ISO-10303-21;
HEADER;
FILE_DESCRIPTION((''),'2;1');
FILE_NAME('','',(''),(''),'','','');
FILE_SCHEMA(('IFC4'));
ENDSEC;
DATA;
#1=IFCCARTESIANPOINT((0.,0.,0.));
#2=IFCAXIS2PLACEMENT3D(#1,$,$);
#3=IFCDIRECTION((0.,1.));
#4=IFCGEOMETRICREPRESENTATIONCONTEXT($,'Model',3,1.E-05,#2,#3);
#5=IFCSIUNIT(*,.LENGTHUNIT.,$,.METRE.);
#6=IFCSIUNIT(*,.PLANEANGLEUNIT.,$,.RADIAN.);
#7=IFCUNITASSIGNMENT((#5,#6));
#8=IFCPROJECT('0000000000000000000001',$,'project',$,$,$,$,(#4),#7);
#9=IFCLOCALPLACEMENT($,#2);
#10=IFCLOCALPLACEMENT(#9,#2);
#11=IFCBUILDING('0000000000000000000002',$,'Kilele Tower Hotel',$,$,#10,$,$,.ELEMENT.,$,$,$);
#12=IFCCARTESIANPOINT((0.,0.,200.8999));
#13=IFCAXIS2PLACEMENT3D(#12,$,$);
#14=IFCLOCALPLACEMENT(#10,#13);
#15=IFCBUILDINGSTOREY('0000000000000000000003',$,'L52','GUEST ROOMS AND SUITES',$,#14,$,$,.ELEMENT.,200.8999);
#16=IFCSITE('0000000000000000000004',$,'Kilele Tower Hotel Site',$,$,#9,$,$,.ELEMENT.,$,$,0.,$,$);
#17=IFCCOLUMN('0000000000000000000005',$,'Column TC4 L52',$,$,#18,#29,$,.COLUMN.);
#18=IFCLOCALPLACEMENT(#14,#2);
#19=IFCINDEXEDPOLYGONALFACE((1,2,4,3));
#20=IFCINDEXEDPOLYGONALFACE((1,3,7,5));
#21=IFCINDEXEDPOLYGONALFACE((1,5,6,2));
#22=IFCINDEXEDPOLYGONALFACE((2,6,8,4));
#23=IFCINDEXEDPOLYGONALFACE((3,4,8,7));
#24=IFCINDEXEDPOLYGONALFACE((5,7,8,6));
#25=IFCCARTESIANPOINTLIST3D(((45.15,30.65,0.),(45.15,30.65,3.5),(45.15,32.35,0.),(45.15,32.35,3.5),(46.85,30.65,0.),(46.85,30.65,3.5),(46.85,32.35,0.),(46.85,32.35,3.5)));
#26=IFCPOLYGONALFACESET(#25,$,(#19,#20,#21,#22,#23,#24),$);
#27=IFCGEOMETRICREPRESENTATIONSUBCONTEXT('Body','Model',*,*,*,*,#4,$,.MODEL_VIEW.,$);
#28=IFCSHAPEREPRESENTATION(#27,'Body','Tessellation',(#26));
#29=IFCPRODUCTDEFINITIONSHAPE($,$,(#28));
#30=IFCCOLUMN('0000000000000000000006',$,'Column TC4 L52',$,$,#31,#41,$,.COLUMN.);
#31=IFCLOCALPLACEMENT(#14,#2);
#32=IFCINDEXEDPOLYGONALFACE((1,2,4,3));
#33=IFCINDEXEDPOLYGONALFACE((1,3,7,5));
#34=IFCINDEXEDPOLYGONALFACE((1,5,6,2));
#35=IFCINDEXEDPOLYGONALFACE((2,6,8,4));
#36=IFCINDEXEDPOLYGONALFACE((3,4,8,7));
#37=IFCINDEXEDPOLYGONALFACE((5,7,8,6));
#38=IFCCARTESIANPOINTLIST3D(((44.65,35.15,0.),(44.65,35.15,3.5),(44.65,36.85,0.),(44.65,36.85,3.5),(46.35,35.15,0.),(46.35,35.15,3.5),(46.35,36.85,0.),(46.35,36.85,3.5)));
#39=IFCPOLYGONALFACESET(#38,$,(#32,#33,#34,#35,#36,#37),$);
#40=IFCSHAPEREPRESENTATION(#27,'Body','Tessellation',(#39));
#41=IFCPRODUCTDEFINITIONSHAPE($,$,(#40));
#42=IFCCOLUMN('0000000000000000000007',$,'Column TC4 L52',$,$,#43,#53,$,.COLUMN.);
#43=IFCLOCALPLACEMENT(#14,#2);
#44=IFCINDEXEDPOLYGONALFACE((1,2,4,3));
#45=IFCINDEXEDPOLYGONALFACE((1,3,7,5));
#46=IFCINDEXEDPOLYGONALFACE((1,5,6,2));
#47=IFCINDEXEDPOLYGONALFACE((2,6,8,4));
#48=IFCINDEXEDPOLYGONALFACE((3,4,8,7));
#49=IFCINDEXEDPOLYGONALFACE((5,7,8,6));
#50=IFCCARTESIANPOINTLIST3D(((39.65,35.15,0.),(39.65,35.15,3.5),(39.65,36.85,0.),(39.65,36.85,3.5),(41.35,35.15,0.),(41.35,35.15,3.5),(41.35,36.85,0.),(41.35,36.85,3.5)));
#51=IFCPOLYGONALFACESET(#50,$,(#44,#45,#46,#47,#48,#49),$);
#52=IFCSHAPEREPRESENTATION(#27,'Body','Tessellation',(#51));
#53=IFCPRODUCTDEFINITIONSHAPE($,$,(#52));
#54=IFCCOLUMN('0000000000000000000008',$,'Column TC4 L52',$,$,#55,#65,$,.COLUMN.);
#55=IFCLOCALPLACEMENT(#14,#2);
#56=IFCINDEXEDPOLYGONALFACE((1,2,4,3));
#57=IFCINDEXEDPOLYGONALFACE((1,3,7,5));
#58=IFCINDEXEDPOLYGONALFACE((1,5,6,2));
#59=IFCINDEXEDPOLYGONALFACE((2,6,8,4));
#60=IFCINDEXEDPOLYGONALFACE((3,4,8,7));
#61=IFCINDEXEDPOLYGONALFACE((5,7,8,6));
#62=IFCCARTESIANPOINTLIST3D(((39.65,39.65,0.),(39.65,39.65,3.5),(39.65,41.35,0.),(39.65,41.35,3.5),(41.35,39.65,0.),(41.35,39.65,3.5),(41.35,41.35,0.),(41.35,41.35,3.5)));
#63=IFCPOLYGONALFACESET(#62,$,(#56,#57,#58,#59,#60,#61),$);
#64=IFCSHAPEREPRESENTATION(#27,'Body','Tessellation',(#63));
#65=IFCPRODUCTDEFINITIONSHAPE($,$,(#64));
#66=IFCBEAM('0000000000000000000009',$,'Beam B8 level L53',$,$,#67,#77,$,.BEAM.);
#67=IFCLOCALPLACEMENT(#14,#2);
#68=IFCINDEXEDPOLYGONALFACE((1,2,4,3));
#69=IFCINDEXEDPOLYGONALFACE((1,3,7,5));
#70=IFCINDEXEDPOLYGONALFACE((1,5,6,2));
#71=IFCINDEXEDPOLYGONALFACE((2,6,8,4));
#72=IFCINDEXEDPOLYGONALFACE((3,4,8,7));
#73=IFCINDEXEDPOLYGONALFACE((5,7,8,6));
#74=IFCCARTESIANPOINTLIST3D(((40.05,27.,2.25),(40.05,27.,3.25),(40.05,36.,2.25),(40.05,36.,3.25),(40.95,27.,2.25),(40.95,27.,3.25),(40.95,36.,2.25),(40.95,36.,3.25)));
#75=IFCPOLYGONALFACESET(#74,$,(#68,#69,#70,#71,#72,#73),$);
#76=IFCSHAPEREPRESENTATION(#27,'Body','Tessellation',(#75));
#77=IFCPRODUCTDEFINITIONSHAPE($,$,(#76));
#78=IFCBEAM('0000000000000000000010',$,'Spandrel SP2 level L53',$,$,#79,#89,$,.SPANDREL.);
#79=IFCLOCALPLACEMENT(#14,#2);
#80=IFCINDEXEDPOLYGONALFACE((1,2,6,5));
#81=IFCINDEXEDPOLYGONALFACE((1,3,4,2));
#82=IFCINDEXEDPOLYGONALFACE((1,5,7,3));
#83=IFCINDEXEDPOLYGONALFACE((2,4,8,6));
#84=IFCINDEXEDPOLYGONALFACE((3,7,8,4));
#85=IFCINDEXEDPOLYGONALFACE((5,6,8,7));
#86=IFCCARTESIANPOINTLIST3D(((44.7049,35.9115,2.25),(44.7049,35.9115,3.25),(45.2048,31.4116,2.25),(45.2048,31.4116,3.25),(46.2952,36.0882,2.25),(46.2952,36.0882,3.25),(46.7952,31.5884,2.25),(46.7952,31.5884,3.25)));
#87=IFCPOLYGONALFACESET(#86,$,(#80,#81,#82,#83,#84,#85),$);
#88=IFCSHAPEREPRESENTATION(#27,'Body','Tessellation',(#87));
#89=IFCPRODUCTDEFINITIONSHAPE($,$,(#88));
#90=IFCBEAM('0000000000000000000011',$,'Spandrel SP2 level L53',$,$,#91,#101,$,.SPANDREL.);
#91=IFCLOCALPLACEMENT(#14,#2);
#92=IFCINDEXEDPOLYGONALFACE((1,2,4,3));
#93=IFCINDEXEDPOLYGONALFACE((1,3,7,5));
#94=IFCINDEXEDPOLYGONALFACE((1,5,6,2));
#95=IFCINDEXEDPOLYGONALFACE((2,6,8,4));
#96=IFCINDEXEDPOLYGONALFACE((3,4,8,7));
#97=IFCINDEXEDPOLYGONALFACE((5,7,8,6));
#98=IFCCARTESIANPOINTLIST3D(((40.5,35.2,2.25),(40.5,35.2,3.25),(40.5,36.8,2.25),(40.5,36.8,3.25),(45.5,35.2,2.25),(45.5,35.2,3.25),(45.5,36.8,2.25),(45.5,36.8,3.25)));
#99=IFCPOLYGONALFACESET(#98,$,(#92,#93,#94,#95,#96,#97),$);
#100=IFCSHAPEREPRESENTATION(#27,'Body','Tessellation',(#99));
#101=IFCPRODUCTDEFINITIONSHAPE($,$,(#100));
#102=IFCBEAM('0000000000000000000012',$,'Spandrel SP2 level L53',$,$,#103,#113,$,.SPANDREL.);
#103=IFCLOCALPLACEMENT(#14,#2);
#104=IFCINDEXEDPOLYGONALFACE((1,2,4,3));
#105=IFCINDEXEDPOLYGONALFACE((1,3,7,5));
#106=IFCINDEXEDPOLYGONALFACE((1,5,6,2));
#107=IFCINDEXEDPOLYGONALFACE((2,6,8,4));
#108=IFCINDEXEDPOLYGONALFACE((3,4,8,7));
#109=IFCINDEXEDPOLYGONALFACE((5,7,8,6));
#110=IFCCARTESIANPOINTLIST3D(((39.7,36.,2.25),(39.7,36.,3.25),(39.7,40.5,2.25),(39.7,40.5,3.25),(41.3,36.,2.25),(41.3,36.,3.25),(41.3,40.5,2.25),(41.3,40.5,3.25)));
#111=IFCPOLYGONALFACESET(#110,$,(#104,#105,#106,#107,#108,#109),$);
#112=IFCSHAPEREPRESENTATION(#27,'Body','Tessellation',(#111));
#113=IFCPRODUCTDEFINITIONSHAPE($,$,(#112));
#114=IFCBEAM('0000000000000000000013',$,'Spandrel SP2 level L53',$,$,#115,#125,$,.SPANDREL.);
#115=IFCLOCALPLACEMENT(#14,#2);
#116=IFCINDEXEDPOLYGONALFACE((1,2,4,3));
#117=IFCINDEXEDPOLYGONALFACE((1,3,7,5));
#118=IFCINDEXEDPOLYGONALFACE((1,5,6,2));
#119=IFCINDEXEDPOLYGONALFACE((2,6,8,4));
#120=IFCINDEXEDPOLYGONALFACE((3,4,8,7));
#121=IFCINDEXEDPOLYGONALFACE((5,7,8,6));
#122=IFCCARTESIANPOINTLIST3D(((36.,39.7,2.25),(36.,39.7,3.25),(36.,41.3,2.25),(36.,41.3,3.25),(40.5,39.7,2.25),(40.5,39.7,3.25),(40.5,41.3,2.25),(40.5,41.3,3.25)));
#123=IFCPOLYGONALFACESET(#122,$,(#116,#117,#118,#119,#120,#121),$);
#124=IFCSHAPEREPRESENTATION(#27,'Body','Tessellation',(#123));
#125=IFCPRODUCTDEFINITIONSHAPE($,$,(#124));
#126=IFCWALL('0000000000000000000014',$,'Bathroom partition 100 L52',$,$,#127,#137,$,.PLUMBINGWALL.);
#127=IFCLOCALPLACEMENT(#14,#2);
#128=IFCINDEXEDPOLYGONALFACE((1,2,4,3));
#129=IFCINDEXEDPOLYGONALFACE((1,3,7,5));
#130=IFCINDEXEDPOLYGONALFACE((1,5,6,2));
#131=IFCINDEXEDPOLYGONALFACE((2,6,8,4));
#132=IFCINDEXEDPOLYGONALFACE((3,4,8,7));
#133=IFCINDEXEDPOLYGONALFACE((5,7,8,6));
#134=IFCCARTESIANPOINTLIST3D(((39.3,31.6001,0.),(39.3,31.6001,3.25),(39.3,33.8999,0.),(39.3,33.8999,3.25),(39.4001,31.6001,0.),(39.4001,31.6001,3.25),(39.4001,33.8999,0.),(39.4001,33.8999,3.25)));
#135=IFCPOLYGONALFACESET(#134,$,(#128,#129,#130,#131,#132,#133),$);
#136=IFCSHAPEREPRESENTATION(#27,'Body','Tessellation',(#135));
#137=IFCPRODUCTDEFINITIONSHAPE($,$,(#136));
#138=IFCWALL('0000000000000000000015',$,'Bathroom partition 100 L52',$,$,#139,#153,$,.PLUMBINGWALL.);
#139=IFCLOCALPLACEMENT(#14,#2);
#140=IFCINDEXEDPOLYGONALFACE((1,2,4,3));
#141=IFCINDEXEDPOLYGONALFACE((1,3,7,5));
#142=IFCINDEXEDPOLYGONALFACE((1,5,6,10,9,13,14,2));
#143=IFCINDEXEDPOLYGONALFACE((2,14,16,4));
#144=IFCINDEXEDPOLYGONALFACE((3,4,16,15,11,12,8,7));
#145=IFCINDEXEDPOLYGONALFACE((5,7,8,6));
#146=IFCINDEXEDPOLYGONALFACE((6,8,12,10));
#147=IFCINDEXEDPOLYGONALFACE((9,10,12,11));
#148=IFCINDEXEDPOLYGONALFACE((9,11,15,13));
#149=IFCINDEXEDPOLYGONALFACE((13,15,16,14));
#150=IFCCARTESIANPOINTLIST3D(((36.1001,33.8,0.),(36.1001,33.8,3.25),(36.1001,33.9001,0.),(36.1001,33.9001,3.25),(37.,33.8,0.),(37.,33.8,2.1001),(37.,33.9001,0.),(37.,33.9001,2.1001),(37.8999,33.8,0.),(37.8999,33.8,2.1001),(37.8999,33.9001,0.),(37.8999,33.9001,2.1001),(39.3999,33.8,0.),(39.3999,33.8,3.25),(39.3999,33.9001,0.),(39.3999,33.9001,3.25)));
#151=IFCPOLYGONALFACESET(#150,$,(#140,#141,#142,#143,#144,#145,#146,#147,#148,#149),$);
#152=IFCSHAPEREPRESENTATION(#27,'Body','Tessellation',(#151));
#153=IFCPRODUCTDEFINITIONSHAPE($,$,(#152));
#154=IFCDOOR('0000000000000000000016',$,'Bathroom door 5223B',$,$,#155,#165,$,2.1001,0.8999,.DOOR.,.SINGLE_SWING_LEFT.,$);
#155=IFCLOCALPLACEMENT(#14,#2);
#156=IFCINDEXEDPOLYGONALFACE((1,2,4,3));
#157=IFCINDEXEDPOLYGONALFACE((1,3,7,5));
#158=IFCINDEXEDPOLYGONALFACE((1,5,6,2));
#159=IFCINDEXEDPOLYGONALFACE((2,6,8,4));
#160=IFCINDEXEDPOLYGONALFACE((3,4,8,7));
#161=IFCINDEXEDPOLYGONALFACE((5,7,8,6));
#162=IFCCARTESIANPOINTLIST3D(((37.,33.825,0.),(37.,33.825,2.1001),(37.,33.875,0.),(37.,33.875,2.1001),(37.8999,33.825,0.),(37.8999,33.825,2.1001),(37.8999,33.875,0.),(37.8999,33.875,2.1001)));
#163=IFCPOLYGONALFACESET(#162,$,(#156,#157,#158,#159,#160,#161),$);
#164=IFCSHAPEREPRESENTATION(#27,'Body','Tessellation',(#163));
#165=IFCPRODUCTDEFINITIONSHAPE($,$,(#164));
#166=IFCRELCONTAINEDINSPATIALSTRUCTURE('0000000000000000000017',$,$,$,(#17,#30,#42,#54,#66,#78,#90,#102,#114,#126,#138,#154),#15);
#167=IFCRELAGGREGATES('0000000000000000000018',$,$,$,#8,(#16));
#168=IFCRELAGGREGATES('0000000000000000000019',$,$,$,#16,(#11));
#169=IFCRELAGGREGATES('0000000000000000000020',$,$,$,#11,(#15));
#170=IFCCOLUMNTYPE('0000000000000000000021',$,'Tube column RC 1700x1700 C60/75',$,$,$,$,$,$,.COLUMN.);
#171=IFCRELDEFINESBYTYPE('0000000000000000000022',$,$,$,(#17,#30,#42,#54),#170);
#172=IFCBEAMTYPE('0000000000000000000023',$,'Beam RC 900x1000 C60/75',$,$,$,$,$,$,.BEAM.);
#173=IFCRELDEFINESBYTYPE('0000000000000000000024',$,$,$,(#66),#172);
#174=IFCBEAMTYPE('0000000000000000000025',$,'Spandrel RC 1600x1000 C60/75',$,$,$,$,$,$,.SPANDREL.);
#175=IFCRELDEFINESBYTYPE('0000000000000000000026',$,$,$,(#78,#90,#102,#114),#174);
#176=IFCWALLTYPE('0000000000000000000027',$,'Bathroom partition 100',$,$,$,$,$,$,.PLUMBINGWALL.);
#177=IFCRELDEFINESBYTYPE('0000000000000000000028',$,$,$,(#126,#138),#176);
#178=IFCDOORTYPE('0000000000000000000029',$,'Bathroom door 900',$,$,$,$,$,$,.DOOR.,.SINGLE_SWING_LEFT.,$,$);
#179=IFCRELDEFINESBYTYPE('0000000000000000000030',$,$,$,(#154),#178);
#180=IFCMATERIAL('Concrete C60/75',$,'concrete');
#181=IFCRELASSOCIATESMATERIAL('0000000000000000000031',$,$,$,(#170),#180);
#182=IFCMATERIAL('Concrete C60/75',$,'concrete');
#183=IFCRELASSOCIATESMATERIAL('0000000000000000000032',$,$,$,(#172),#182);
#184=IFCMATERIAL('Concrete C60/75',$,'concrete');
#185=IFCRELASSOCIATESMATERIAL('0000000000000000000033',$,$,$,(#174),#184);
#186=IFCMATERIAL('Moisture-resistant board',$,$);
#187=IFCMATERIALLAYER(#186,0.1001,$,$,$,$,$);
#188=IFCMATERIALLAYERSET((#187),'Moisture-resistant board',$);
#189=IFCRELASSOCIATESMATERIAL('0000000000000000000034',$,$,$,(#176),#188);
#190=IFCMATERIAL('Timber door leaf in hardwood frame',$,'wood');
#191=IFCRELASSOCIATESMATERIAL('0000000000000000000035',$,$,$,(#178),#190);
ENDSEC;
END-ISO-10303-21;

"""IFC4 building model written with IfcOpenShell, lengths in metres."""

from ifc_helpers import new_model, si_unit, direction, frame, frame_2d, origin, origin_2d, place, context, subcontext, project, spatial, rectangle, extrude, material, layer, layer_set, material_profile, profile_set, type_object, element, fill, save


model = new_model("IFC4")

# Units and contexts
model_context = context("Model", 3, precision=1e-05, world=origin(), true_north=direction((0.0, 1.0)))
body_context = subcontext(model_context, "Body", "Model", "MODEL_VIEW")
ifc_project = project(units=[si_unit("LENGTHUNIT", "METRE"), si_unit("PLANEANGLEUNIT", "RADIAN")], contexts=[model_context])

# Site, building, storey
site_placement = place(None, origin())
site = spatial("IfcSite", under=ifc_project, at=site_placement, Name="Kilele Tower Hotel Site", CompositionType="ELEMENT", RefElevation=0.0)
building_placement = place(site_placement, origin())
building = spatial("IfcBuilding", under=site, at=building_placement, Name="Kilele Tower Hotel", CompositionType="ELEMENT")
storey_placement = place(building_placement, frame((0.0, 0.0, 200.8999)))
storey = spatial("IfcBuildingStorey", under=building, at=storey_placement, Name="L52", Description="GUEST ROOMS AND SUITES", CompositionType="ELEMENT", Elevation=200.8999)

# Columns
ifc_material_1 = material(Name="Concrete C60/75", Category="concrete")
ifc_material_profile_1 = material_profile(ifc_material_1, rectangle(XDim=1.7, YDim=1.7, at=origin_2d()))
ifc_profile_set_1 = profile_set([ifc_material_profile_1], Name="Concrete C60/75")
column_type = type_object("IfcColumnType", Name="Tube column RC 1700x1700 C60/75", PredefinedType="COLUMN", material=ifc_profile_set_1)
for number, where, z_axis, x_axis, name in (
    (1, (46.0, 31.5, 0.0), (0.0, 0.0, 1.0), (1.0, 0.0, 0.0), "Column TC4 L52"),
    (2, (45.5, 36.0, 0.0), (0.0, 0.0, 1.0), (1.0, 0.0, 0.0), "Column TC4 L52"),
    (3, (40.5, 36.0, 0.0), (0.0, 0.0, 1.0), (1.0, 0.0, 0.0), "Column TC4 L52"),
    (4, (40.5, 40.5, 0.0), (0.0, 0.0, 1.0), (1.0, 0.0, 0.0), "Column TC4 L52"),
):
    element("IfcColumn", number, at=place(storey_placement, frame(where, z_axis=z_axis, x_axis=x_axis)), inside=storey, type_object=column_type, Name=name, PredefinedType="COLUMN", context=body_context, shape_type="SweptSolid", body=[
        extrude(rectangle(XDim=1.7, YDim=1.7, at=origin_2d()), origin(), (0.0, 0.0, 1.0), 3.5),
    ])

# Beams
ifc_material_2 = material(Name="Concrete C60/75", Category="concrete")
ifc_material_profile_2 = material_profile(ifc_material_2, rectangle(XDim=0.8999, YDim=1.0, at=origin_2d()))
ifc_profile_set_2 = profile_set([ifc_material_profile_2], Name="Concrete C60/75")
beam_type_1 = type_object("IfcBeamType", Name="Beam RC 900x1000 C60/75", PredefinedType="BEAM", material=ifc_profile_set_2)
beam_1_placement = place(storey_placement, frame((40.5, 36.0, 2.75), z_axis=(0.0, -1.0, 0.0), x_axis=(1.0, 0.0, 0.0)))
element("IfcBeam", 5, at=beam_1_placement, inside=storey, type_object=beam_type_1, Name="Beam B8 level L53", PredefinedType="BEAM", context=body_context, shape_type="SweptSolid", body=[
    extrude(rectangle(XDim=0.8999, YDim=1.0, at=origin_2d()), origin(), (0.0, 0.0, 1.0), 9.0),
])
ifc_material_3 = material(Name="Concrete C60/75", Category="concrete")
ifc_material_profile_3 = material_profile(ifc_material_3, rectangle(XDim=1.6001, YDim=1.0, at=origin_2d()))
ifc_profile_set_3 = profile_set([ifc_material_profile_3], Name="Concrete C60/75")
beam_type_2 = type_object("IfcBeamType", Name="Spandrel RC 1600x1000 C60/75", PredefinedType="SPANDREL", material=ifc_profile_set_3)
beam_2_placement = place(storey_placement, frame((46.0, 31.5, 2.75), z_axis=(-0.110432, 0.993884, 0.0), x_axis=(-0.993884, -0.110432, 0.0)))
element("IfcBeam", 6, at=beam_2_placement, inside=storey, type_object=beam_type_2, Name="Spandrel SP2 level L53", PredefinedType="SPANDREL", context=body_context, shape_type="SweptSolid", body=[
    extrude(rectangle(XDim=1.6001, YDim=1.0, at=origin_2d()), origin(), (0.0, 0.0, 1.0), 4.5276),
])
beam_3_placement = place(storey_placement, frame((45.5, 36.0, 2.75), z_axis=(-1.0, 0.0, 0.0), x_axis=(0.0, -1.0, 0.0)))
element("IfcBeam", 7, at=beam_3_placement, inside=storey, type_object=beam_type_2, Name="Spandrel SP2 level L53", PredefinedType="SPANDREL", context=body_context, shape_type="SweptSolid", body=[
    extrude(rectangle(XDim=1.6001, YDim=1.0, at=origin_2d()), origin(), (0.0, 0.0, 1.0), 5.0),
])
for number, where, z_axis, x_axis, name in (
    (8, (40.5, 36.0, 2.75), (0.0, 1.0, 0.0), (-1.0, 0.0, 0.0), "Spandrel SP2 level L53"),
    (9, (40.5, 40.5, 2.75), (-1.0, 0.0, 0.0), (0.0, -1.0, 0.0), "Spandrel SP2 level L53"),
):
    element("IfcBeam", number, at=place(storey_placement, frame(where, z_axis=z_axis, x_axis=x_axis)), inside=storey, type_object=beam_type_2, Name=name, PredefinedType="SPANDREL", context=body_context, shape_type="SweptSolid", body=[
        extrude(rectangle(XDim=1.6001, YDim=1.0, at=origin_2d()), origin(), (0.0, 0.0, 1.0), 4.5),
    ])

# Wall
ifc_material_4 = material(Name="Moisture-resistant board")
ifc_layer_1 = layer(ifc_material_4, 0.1001)
ifc_layer_set_1 = layer_set([ifc_layer_1], Name="Moisture-resistant board")
wall_type_1 = type_object("IfcWallType", Name="Bathroom partition 100", PredefinedType="PLUMBINGWALL", material=ifc_layer_set_1)
wall_1_placement = place(storey_placement, frame((39.3501, 31.6001, 0.0), z_axis=(0.0, 0.0, 1.0), x_axis=(0.0, 1.0, 0.0)))
element("IfcWall", 10, at=wall_1_placement, inside=storey, type_object=wall_type_1, Name="Bathroom partition 100 L52", PredefinedType="PLUMBINGWALL", context=body_context, shape_type="SweptSolid", body=[
    extrude(rectangle(XDim=2.2998, YDim=0.1001, at=frame_2d((1.1499, 0.0))), origin(), (0.0, 0.0, 1.0), 3.25),
])

# Wall, opening, door
wall_2_placement = place(storey_placement, frame((36.1001, 33.8501, 0.0), z_axis=(0.0, 0.0, 1.0), x_axis=(1.0, 0.0, 0.0)))
wall_2 = element("IfcWall", 11, at=wall_2_placement, inside=storey, type_object=wall_type_1, Name="Bathroom partition 100 L52", PredefinedType="PLUMBINGWALL", context=body_context, shape_type="SweptSolid", body=[
    extrude(rectangle(XDim=3.2998, YDim=0.1001, at=frame_2d((1.6499, 0.0))), origin(), (0.0, 0.0, 1.0), 3.25),
])
opening_1_placement = place(wall_2_placement, frame((0.8999, 0.0, 0.0)))
opening_1 = element("IfcOpeningElement", 12, at=opening_1_placement, cuts=wall_2, PredefinedType="OPENING", context=body_context, shape_type="SweptSolid", body=[
    extrude(rectangle(XDim=0.8999, YDim=2.1001, at=frame_2d((0.45, 1.05))), frame((0.0, 0.0601, 0.0), z_axis=(0.0, -1.0, 0.0), x_axis=(1.0, 0.0, 0.0)), (0.0, 0.0, 1.0), 0.1201),
])
ifc_material_5 = material(Name="Timber door leaf in hardwood frame", Category="wood")
door_type_1 = type_object("IfcDoorType", Name="Bathroom door 900", OperationType="SINGLE_SWING_LEFT", PredefinedType="DOOR", material=ifc_material_5)
door_1_placement = place(opening_1_placement, origin())
door_1 = element("IfcDoor", 13, at=door_1_placement, inside=storey, type_object=door_type_1, Name="Bathroom door 5223B", OperationType="SINGLE_SWING_LEFT", OverallHeight=2.1001, OverallWidth=0.8999, PredefinedType="DOOR", context=body_context, shape_type="SweptSolid", body=[
    extrude(rectangle(XDim=0.8999, YDim=2.1001, at=frame_2d((0.45, 1.05))), frame((0.0, 0.0249, 0.0), z_axis=(0.0, -1.0, 0.0), x_axis=(1.0, 0.0, 0.0)), (0.0, 0.0, 1.0), 0.05),
])
fill(opening_1, door_1)

save(model, "model.ifc")
